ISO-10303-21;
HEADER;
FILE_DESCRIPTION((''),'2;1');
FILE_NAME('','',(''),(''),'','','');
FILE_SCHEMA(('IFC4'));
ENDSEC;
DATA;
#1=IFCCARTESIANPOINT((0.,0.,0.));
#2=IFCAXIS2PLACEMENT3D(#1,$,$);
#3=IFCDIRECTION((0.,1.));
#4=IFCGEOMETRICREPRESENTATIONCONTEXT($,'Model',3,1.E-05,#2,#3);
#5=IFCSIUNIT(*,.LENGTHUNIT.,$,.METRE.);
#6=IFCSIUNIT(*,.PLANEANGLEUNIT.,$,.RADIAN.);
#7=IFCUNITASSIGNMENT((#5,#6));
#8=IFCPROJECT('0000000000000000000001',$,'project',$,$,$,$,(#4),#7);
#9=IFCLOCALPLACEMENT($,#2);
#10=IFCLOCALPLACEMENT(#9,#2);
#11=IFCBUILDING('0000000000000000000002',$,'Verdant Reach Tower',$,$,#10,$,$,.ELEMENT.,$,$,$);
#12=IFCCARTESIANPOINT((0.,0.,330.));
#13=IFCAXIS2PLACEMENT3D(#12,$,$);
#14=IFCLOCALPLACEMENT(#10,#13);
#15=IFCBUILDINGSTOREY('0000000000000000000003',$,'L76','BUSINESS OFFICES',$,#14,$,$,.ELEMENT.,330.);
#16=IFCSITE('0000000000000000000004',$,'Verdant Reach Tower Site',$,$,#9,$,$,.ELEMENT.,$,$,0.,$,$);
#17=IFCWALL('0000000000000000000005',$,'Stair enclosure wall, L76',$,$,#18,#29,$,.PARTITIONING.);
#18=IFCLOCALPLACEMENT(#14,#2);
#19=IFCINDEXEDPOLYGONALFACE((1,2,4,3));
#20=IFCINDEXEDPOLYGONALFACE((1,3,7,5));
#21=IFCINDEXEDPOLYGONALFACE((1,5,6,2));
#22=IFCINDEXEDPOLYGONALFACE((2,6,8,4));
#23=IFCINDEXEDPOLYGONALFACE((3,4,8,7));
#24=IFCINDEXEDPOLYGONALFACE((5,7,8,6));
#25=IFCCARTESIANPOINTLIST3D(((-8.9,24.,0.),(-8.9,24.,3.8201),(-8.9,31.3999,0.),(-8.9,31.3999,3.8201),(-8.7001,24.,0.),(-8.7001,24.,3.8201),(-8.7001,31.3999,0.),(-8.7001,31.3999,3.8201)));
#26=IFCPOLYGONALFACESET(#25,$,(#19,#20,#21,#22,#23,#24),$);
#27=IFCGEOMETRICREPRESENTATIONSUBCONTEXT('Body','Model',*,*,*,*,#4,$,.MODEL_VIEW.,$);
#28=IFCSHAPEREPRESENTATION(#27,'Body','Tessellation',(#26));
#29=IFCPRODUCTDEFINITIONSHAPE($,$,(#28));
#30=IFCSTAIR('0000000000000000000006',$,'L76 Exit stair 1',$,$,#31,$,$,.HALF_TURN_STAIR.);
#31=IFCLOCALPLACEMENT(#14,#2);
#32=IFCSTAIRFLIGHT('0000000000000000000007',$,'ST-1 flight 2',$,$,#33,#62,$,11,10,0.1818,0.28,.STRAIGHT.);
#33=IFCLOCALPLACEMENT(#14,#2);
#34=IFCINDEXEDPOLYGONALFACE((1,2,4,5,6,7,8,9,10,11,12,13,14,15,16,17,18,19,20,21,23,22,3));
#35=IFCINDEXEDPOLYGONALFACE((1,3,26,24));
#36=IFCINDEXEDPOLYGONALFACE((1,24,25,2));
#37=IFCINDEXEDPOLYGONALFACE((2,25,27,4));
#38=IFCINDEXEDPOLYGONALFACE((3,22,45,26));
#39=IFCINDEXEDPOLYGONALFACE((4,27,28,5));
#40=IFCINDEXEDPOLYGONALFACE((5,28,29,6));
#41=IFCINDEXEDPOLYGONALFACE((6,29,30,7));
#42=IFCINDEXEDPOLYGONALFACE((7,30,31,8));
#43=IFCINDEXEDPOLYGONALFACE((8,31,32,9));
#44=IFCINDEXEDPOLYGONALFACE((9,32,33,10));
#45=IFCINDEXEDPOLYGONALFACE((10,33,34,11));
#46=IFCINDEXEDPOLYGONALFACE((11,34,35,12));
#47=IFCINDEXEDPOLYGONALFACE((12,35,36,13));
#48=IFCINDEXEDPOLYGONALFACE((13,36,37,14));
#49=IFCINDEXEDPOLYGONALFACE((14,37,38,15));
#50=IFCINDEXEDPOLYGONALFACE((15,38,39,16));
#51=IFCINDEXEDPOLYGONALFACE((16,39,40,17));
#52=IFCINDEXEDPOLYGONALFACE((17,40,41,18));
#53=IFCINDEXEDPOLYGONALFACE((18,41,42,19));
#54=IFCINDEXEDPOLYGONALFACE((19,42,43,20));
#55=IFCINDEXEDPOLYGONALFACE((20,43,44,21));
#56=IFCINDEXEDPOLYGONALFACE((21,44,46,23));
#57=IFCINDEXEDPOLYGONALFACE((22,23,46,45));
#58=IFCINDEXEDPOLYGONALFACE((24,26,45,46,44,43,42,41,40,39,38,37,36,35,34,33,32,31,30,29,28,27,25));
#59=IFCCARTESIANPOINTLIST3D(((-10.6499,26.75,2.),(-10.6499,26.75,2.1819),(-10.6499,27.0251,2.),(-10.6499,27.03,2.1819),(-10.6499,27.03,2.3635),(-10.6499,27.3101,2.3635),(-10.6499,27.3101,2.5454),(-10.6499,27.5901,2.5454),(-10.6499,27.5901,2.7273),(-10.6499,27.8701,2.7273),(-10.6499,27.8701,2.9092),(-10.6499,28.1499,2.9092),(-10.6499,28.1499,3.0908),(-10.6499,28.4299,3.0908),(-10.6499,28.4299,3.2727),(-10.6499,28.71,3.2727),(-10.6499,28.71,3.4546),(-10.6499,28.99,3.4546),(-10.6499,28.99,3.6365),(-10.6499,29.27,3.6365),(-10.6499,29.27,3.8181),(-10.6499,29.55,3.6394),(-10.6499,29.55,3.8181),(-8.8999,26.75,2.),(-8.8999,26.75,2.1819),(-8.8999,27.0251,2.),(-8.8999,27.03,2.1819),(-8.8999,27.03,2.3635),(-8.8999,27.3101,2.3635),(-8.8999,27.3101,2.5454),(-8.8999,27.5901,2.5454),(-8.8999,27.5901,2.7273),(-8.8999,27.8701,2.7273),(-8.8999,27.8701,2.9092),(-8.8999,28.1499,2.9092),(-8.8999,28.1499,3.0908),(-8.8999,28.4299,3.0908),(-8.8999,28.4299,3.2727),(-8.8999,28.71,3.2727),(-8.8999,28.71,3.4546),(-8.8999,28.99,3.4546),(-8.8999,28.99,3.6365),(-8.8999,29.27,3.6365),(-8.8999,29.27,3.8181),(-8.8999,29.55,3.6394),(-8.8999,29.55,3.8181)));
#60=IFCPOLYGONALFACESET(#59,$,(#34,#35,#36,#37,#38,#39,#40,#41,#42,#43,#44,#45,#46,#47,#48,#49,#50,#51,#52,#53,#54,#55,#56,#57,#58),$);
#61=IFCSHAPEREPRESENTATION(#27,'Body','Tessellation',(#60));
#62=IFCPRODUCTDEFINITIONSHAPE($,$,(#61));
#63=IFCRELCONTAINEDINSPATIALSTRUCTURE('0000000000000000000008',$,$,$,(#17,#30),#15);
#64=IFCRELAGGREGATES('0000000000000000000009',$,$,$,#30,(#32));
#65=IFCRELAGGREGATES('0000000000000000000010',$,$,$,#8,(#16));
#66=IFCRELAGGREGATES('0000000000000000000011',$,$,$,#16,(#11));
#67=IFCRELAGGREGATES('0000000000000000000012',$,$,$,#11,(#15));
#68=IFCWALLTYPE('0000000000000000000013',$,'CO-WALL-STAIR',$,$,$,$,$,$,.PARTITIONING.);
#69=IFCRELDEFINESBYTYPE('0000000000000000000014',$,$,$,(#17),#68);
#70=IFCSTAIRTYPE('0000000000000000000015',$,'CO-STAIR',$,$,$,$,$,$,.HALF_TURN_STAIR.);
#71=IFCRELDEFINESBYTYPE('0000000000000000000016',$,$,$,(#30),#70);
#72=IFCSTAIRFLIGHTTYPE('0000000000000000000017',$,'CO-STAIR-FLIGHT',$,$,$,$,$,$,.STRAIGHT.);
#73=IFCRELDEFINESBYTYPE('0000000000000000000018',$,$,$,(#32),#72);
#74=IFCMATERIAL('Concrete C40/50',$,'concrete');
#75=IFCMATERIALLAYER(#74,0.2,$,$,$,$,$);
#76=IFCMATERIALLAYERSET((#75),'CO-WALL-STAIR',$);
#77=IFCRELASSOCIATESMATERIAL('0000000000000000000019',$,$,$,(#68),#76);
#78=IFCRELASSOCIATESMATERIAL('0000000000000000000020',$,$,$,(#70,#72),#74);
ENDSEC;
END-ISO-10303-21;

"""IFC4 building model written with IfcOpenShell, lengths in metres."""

from ifc_helpers import new_model, si_unit, direction, frame, frame_2d, origin, place, context, subcontext, project, spatial, polyline, rectangle, outline, extrude, material, layer, layer_set, type_object, element, aggregate, save


model = new_model("IFC4")

# Units and contexts
model_context = context("Model", 3, precision=1e-05, world=origin(), true_north=direction((0.0, 1.0)))
body_context = subcontext(model_context, "Body", "Model", "MODEL_VIEW")
ifc_project = project(units=[si_unit("LENGTHUNIT", "METRE"), si_unit("PLANEANGLEUNIT", "RADIAN")], contexts=[model_context])

# Site, building, storey
site_placement = place(None, origin())
site = spatial("IfcSite", under=ifc_project, at=site_placement, Name="Verdant Reach Tower Site", CompositionType="ELEMENT", RefElevation=0.0)
building_placement = place(site_placement, origin())
building = spatial("IfcBuilding", under=site, at=building_placement, Name="Verdant Reach Tower", CompositionType="ELEMENT")
storey_placement = place(building_placement, frame((0.0, 0.0, 330.0)))
storey = spatial("IfcBuildingStorey", under=building, at=storey_placement, Name="L76", Description="BUSINESS OFFICES", CompositionType="ELEMENT", Elevation=330.0)

# Shared definitions
ifc_material_1 = material(Name="Concrete C40/50", Category="concrete")

# Shared definitions
ifc_layer_1 = layer(ifc_material_1, 0.2)
ifc_layer_set_1 = layer_set([ifc_layer_1], Name="CO-WALL-STAIR")
wall_type_1 = type_object("IfcWallType", Name="CO-WALL-STAIR", PredefinedType="PARTITIONING", material=ifc_layer_set_1)

# Wall
wall_1_placement = place(storey_placement, frame((-8.8, 24.0, 0.0), z_axis=(0.0, 0.0, 1.0), x_axis=(0.0, 1.0, 0.0)))
element("IfcWall", 1, at=wall_1_placement, inside=storey, type_object=wall_type_1, Name="Stair enclosure wall, L76", PredefinedType="PARTITIONING", context=body_context, shape_type="SweptSolid", body=[
    extrude(rectangle(XDim=7.3999, YDim=0.2, at=frame_2d((3.7, 0.0))), origin(), (0.0, 0.0, 1.0), 3.8201),
])

# Stair, stair flight
stair_type = type_object("IfcStairType", Name="CO-STAIR", PredefinedType="HALF_TURN_STAIR", material=ifc_material_1)
stair_placement = place(storey_placement, origin())
stair = element("IfcStair", 2, at=stair_placement, inside=storey, type_object=stair_type, Name="L76 Exit stair 1", PredefinedType="HALF_TURN_STAIR")
stair_flight_type = type_object("IfcStairFlightType", Name="CO-STAIR-FLIGHT", PredefinedType="STRAIGHT", material=ifc_material_1)
stair_flight_placement = place(storey_placement, frame((-9.7749, 26.75, 2.0), z_axis=(0.0, 0.0, 1.0), x_axis=(0.0, 1.0, 0.0)))
stair_flight = element("IfcStairFlight", 3, at=stair_flight_placement, type_object=stair_flight_type, Name="ST-1 flight 2", NumberOfRisers=11, NumberOfTreads=10, PredefinedType="STRAIGHT", RiserHeight=0.1818, TreadLength=0.28, context=body_context, shape_type="SweptSolid", body=[
    extrude(outline(polyline([(0.0, 0.0), (0.0, 0.1819), (0.28, 0.1819), (0.28, 0.3635), (0.5601, 0.3635), (0.5601, 0.5454), (0.8401, 0.5454), (0.8401, 0.7273), (1.1201, 0.7273), (1.1201, 0.9092), (1.3999, 0.9092), (1.3999, 1.0908), (1.6799, 1.0908), (1.6799, 1.2727), (1.96, 1.2727), (1.96, 1.4546), (2.24, 1.4546), (2.24, 1.6365), (2.52, 1.6365), (2.52, 1.8181), (2.8, 1.8181), (2.8, 2.0), (2.8, 1.6394), (0.2751, 0.0), (0.0, 0.0)])), frame((0.0, 0.875, 0.0), z_axis=(0.0, -1.0, 0.0), x_axis=(1.0, 0.0, 0.0)), (0.0, 0.0, 1.0), 1.75),
])
aggregate(stair, [stair_flight])

save(model, "model.ifc")
